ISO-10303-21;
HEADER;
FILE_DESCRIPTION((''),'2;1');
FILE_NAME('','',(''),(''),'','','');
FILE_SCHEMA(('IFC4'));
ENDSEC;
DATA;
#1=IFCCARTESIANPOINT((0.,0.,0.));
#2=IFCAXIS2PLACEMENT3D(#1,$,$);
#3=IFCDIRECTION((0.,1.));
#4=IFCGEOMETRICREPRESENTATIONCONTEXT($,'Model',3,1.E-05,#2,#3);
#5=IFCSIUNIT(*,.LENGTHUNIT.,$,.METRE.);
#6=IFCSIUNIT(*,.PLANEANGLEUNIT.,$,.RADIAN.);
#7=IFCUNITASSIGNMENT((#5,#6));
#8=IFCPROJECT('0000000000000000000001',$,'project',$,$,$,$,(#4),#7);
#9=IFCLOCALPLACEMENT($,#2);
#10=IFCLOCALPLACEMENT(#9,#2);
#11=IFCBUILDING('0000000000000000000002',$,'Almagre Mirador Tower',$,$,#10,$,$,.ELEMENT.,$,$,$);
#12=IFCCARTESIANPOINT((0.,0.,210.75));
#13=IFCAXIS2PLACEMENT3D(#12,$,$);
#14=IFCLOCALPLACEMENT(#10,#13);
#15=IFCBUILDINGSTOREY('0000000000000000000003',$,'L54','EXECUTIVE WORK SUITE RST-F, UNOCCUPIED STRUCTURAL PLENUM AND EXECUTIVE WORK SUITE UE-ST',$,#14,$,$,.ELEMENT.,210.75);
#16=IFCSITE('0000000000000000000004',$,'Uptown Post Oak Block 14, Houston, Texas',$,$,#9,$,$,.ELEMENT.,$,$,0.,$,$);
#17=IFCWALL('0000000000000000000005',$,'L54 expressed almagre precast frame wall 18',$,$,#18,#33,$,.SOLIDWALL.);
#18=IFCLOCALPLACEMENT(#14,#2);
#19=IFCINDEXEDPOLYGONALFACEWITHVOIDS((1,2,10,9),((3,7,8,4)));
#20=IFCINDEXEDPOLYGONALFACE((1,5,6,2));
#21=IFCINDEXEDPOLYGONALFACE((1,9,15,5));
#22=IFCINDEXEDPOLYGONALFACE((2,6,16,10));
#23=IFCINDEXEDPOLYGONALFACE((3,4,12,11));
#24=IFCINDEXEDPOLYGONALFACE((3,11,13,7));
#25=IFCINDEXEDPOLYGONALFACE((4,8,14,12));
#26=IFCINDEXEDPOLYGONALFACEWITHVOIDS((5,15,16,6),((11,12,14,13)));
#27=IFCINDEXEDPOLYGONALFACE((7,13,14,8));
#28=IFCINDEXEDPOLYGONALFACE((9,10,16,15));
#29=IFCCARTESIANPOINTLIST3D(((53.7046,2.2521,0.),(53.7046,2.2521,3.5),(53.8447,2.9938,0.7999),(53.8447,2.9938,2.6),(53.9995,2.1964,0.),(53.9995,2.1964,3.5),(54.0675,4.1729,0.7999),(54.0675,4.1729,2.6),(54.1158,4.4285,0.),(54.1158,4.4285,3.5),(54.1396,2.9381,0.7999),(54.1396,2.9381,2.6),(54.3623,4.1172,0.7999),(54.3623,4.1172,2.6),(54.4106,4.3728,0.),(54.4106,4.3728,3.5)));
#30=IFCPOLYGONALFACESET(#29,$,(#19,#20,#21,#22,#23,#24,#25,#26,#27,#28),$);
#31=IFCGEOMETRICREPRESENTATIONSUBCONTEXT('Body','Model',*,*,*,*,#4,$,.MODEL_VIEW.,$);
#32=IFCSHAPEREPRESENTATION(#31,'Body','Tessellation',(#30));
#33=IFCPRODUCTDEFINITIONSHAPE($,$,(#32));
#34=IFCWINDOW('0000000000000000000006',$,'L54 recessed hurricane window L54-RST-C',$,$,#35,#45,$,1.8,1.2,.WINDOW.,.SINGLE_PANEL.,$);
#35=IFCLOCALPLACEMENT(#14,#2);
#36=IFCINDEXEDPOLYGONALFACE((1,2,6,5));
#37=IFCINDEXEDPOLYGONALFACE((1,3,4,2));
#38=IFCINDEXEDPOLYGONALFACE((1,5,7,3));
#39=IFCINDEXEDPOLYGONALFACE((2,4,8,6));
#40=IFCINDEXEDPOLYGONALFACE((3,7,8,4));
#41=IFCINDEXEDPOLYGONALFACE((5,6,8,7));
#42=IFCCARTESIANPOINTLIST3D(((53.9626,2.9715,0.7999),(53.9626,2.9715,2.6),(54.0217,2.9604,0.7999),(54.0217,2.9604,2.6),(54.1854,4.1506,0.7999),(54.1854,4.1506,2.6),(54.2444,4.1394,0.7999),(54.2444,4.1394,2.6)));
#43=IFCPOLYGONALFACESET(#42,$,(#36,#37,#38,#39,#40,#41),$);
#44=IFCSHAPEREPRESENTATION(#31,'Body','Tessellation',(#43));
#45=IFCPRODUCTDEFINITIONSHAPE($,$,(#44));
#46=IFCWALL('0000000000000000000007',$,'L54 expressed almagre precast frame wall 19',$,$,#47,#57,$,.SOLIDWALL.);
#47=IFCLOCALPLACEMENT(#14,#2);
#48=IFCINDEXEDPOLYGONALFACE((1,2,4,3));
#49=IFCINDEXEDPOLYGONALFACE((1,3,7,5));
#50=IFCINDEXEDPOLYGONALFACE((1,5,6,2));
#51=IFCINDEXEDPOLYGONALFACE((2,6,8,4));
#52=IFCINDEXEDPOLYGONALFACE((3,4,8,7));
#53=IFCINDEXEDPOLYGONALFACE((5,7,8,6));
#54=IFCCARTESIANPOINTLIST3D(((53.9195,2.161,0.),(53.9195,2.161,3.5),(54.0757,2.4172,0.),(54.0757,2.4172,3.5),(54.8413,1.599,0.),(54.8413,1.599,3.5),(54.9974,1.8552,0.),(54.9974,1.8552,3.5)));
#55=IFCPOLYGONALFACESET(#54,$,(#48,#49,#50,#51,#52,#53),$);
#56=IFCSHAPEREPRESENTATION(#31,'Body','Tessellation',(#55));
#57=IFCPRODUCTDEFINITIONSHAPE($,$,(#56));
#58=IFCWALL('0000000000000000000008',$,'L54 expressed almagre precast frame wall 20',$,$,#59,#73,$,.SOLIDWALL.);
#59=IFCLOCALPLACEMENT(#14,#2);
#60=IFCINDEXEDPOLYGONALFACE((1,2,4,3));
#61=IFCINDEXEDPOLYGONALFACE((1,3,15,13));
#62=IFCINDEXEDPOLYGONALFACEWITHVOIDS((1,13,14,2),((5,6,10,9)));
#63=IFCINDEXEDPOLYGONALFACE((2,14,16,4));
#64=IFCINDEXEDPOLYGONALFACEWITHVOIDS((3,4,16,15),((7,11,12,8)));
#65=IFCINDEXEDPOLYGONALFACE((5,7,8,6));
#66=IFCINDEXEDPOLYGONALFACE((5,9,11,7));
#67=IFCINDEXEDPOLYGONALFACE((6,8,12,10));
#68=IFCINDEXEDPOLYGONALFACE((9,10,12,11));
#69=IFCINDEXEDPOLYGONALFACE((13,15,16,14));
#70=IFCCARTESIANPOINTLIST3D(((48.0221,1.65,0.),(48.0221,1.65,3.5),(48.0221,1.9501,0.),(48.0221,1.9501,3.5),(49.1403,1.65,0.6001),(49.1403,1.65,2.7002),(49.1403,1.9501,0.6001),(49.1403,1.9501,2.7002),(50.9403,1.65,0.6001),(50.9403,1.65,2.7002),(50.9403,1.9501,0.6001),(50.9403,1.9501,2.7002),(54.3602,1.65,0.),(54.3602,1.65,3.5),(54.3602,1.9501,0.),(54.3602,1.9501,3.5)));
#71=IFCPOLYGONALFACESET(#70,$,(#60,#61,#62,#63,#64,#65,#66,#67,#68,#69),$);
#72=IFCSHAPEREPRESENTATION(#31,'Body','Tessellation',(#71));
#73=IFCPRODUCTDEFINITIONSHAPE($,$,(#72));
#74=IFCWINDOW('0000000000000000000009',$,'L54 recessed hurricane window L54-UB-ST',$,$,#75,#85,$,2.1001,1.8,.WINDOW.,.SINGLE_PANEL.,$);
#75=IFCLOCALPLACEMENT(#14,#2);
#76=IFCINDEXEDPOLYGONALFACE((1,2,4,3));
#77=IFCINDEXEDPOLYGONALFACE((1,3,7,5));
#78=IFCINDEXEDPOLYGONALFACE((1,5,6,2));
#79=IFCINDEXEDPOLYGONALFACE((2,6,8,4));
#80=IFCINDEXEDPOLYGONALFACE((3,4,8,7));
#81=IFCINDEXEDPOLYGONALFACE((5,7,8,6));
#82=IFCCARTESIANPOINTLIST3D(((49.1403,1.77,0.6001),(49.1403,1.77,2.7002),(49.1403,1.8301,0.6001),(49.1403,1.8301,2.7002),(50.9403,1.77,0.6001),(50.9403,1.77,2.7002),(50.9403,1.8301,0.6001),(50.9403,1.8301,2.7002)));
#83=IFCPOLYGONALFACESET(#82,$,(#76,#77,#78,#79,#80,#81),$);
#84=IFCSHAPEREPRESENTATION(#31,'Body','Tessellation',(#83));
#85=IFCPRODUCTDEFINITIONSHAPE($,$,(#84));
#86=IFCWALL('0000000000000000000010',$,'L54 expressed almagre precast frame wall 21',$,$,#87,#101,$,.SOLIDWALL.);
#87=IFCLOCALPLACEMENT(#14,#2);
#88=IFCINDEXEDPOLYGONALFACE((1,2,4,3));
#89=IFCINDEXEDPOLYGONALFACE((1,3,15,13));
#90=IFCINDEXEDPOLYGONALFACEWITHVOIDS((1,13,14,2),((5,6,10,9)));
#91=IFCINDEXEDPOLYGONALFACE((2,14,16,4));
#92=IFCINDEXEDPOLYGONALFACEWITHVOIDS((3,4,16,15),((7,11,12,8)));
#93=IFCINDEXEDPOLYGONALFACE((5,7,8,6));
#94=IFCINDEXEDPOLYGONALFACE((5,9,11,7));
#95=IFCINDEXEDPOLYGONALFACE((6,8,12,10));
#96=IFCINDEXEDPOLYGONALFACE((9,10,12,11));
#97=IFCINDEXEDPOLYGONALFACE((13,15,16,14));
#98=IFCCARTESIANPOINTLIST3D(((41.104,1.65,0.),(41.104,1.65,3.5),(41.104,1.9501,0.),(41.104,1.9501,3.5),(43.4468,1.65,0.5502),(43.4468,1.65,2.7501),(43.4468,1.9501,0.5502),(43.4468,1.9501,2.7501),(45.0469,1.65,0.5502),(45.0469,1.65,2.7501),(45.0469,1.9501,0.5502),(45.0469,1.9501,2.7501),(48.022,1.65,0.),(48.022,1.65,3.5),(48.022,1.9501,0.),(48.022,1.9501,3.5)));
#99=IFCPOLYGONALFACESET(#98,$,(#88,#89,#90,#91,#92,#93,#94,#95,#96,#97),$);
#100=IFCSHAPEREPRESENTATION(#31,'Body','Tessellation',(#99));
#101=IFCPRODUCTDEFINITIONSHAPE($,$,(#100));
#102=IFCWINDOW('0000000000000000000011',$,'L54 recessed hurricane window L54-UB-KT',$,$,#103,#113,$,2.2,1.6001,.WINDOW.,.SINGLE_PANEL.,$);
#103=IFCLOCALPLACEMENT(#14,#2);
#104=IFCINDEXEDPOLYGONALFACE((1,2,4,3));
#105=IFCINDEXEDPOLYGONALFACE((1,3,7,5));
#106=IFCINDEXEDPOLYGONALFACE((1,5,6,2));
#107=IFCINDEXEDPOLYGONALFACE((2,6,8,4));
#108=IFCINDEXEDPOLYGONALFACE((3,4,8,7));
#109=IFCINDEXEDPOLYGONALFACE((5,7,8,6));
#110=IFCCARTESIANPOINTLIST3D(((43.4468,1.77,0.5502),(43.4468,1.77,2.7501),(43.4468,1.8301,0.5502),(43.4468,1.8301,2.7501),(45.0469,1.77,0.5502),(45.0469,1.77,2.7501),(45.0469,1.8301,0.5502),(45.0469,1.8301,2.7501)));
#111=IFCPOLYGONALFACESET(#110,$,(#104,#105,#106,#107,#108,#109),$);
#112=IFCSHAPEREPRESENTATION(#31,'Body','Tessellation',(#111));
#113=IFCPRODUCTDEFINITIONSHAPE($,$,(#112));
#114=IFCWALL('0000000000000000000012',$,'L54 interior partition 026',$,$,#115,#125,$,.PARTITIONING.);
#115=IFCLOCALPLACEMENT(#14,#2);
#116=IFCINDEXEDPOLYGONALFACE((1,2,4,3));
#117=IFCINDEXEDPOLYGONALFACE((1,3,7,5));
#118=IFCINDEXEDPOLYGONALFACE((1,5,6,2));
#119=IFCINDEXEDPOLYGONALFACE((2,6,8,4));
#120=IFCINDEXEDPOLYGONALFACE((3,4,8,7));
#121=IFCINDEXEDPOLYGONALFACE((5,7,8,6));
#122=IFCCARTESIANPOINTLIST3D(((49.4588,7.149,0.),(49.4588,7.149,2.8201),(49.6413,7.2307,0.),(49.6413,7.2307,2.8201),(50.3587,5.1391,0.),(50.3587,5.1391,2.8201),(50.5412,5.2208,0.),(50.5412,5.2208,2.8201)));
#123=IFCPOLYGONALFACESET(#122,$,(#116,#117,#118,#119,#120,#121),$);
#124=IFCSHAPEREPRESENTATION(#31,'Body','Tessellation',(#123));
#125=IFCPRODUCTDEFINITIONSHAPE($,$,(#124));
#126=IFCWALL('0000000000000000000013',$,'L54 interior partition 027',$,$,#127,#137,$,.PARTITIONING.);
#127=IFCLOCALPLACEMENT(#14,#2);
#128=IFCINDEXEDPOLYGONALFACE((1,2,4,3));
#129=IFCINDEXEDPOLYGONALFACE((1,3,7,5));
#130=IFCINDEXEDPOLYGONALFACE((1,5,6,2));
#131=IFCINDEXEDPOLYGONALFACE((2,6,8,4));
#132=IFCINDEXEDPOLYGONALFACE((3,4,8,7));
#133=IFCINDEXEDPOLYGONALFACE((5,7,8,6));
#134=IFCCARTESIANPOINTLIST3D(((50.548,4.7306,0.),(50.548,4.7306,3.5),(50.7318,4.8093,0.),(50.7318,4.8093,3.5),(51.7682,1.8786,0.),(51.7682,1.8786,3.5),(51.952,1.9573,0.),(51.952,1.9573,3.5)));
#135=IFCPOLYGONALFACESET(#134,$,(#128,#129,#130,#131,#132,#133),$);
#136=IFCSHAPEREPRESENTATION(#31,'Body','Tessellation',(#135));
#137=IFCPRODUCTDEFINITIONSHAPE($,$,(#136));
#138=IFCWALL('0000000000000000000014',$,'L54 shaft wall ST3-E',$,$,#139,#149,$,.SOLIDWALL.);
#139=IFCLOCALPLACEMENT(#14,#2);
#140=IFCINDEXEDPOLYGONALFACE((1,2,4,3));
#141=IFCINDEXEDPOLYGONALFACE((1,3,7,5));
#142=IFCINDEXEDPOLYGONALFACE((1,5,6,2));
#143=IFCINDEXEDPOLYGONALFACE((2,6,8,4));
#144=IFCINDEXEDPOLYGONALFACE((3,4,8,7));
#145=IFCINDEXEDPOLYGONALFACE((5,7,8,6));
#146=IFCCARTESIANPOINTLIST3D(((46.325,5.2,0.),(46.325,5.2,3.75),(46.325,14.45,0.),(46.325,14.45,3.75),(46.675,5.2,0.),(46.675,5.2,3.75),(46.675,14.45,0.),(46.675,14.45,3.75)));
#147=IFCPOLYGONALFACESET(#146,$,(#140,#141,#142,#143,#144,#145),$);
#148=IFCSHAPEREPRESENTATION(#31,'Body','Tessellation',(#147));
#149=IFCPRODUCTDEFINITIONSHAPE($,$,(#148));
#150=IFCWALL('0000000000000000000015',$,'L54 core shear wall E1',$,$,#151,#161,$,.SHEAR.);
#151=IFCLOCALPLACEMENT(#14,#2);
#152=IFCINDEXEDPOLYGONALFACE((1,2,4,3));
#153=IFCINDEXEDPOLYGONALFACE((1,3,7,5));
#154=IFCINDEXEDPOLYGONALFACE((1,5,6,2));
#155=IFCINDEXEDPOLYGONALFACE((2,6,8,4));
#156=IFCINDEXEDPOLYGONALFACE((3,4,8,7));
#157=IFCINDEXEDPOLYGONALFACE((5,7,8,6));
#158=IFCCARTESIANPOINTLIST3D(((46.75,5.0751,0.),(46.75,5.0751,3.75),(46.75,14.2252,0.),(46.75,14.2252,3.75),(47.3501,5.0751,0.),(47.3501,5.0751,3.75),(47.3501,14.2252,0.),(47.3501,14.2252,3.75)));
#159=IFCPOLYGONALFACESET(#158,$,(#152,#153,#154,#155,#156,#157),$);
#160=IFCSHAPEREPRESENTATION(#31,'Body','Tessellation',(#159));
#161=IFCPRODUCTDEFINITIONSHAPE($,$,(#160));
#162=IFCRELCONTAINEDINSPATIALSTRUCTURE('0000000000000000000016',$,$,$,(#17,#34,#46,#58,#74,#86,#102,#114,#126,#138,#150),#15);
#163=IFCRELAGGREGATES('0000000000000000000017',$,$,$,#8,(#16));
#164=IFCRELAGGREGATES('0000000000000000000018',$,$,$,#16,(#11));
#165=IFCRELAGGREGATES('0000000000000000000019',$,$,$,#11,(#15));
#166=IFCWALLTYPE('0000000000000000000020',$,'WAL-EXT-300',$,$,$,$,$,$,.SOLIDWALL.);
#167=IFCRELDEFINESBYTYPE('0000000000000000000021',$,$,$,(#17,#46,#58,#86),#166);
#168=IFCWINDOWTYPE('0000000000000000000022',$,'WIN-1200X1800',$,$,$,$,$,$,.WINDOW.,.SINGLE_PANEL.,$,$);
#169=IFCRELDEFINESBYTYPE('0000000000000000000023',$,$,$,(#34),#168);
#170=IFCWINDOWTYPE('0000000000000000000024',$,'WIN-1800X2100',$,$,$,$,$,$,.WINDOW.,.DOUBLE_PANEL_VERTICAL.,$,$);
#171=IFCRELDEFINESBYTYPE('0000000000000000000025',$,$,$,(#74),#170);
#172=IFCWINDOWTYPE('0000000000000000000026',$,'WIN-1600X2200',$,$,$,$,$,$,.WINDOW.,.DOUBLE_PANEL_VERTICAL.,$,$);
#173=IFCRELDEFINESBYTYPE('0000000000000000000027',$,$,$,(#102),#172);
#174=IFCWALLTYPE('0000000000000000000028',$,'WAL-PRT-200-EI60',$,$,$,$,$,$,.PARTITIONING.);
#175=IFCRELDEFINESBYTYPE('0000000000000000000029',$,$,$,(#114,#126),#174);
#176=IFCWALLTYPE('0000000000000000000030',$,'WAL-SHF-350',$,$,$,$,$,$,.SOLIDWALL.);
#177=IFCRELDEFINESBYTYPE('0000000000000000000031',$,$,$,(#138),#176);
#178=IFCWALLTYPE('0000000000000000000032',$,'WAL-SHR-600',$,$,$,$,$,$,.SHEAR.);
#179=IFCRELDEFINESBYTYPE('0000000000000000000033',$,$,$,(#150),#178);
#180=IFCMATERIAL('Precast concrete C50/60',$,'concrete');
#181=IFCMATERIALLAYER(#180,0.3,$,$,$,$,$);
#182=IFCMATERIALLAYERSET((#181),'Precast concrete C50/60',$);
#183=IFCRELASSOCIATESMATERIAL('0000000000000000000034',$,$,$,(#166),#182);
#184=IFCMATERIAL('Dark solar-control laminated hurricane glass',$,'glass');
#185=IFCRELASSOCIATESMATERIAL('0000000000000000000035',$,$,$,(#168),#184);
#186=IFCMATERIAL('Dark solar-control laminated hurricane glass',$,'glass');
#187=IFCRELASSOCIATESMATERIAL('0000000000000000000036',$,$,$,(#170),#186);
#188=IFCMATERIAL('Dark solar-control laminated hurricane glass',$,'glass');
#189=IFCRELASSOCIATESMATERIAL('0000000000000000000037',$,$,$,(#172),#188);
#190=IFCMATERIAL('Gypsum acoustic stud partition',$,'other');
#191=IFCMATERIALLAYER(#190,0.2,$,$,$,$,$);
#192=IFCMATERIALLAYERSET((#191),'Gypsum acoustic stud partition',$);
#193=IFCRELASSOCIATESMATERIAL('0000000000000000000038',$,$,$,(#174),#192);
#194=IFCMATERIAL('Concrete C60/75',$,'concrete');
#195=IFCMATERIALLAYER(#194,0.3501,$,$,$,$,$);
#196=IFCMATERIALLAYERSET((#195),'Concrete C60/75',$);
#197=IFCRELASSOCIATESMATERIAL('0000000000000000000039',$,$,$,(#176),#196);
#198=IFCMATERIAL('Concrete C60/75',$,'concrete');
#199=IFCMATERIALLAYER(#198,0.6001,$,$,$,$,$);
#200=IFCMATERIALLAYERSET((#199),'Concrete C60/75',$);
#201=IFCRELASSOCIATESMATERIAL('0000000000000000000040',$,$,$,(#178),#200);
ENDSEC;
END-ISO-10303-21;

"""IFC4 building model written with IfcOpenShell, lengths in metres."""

from ifc_helpers import new_model, si_unit, direction, frame, frame_2d, origin, place, context, subcontext, project, spatial, rectangle, extrude, material, layer, layer_set, type_object, element, fill, save


model = new_model("IFC4")

# Units and contexts
model_context = context("Model", 3, precision=1e-05, world=origin(), true_north=direction((0.0, 1.0)))
body_context = subcontext(model_context, "Body", "Model", "MODEL_VIEW")
ifc_project = project(units=[si_unit("LENGTHUNIT", "METRE"), si_unit("PLANEANGLEUNIT", "RADIAN")], contexts=[model_context])

# Site, building, storey
site_placement = place(None, origin())
site = spatial("IfcSite", under=ifc_project, at=site_placement, Name="Uptown Post Oak Block 14, Houston, Texas", CompositionType="ELEMENT", RefElevation=0.0)
building_placement = place(site_placement, origin())
building = spatial("IfcBuilding", under=site, at=building_placement, Name="Almagre Mirador Tower", CompositionType="ELEMENT")
storey_placement = place(building_placement, frame((0.0, 0.0, 210.75)))
storey = spatial("IfcBuildingStorey", under=building, at=storey_placement, Name="L54", Description="EXECUTIVE WORK SUITE RST-F, UNOCCUPIED STRUCTURAL PLENUM AND EXECUTIVE WORK SUITE UE-ST", CompositionType="ELEMENT", Elevation=210.75)

# Shared definitions
ifc_material_1 = material(Name="Precast concrete C50/60", Category="concrete")
ifc_layer_1 = layer(ifc_material_1, 0.3)
ifc_layer_set_1 = layer_set([ifc_layer_1], Name="Precast concrete C50/60")
wall_type_1 = type_object("IfcWallType", Name="WAL-EXT-300", PredefinedType="SOLIDWALL", material=ifc_layer_set_1)

# Wall, opening, window
wall_1_placement = place(storey_placement, frame((54.2632, 4.4006, 0.0), z_axis=(0.0, 0.0, 1.0), x_axis=(-0.185633, -0.982619, 0.0)))
wall_1 = element("IfcWall", 1, at=wall_1_placement, inside=storey, type_object=wall_type_1, Name="L54 expressed almagre precast frame wall 18", PredefinedType="SOLIDWALL", context=body_context, shape_type="SweptSolid", body=[
    extrude(rectangle(XDim=2.2148, YDim=0.3, at=frame_2d((1.1074, 0.0))), origin(), (0.0, 0.0, 1.0), 3.5),
])
opening_1_placement = place(wall_1_placement, frame((0.26, 0.0, 0.8)))
opening_1 = element("IfcOpeningElement", 2, at=opening_1_placement, cuts=wall_1, PredefinedType="OPENING", context=body_context, shape_type="SweptSolid", body=[
    extrude(rectangle(XDim=1.2, YDim=1.8, at=frame_2d((0.6001, 0.8999))), frame((0.0, 0.1599, 0.0), z_axis=(0.0, -1.0, 0.0), x_axis=(1.0, 0.0, 0.0)), (0.0, 0.0, 1.0), 0.32),
])
ifc_material_2 = material(Name="Dark solar-control laminated hurricane glass", Category="glass")
window_type_1 = type_object("IfcWindowType", Name="WIN-1200X1800", PartitioningType="SINGLE_PANEL", PredefinedType="WINDOW", material=ifc_material_2)
window_1_placement = place(opening_1_placement, origin())
window_1 = element("IfcWindow", 3, at=window_1_placement, inside=storey, type_object=window_type_1, Name="L54 recessed hurricane window L54-RST-C", OverallHeight=1.8, OverallWidth=1.2, PartitioningType="SINGLE_PANEL", PredefinedType="WINDOW", context=body_context, shape_type="SweptSolid", body=[
    extrude(rectangle(XDim=1.2, YDim=1.8, at=frame_2d((0.6001, 0.8999))), frame((0.0, 0.03, 0.0), z_axis=(0.0, -1.0, 0.0), x_axis=(1.0, 0.0, 0.0)), (0.0, 0.0, 1.0), 0.0601),
])
fill(opening_1, window_1)

# Wall
wall_2_placement = place(storey_placement, frame((53.9976, 2.2891, 0.0), z_axis=(0.0, 0.0, 1.0), x_axis=(0.85384, -0.520535, 0.0)))
element("IfcWall", 4, at=wall_2_placement, inside=storey, type_object=wall_type_1, Name="L54 expressed almagre precast frame wall 19", PredefinedType="SOLIDWALL", context=body_context, shape_type="SweptSolid", body=[
    extrude(rectangle(XDim=1.0796, YDim=0.3, at=frame_2d((0.5398, 0.0))), origin(), (0.0, 0.0, 1.0), 3.5),
])

# Walls, openings, windows
wall_3_placement = place(storey_placement, frame((54.3601, 1.8, 0.0), z_axis=(0.0, 0.0, 1.0), x_axis=(-1.0, 0.0, 0.0)))
wall_3 = element("IfcWall", 5, at=wall_3_placement, inside=storey, type_object=wall_type_1, Name="L54 expressed almagre precast frame wall 20", PredefinedType="SOLIDWALL", context=body_context, shape_type="SweptSolid", body=[
    extrude(rectangle(XDim=6.3381, YDim=0.3, at=frame_2d((3.1689, 0.0))), origin(), (0.0, 0.0, 1.0), 3.5),
])
opening_2_placement = place(wall_3_placement, frame((3.4199, 0.0, 0.6001)))
opening_2 = element("IfcOpeningElement", 6, at=opening_2_placement, cuts=wall_3, PredefinedType="OPENING", context=body_context, shape_type="SweptSolid", body=[
    extrude(rectangle(XDim=1.8, YDim=2.1001, at=frame_2d((0.8999, 1.05))), frame((0.0, 0.1599, 0.0), z_axis=(0.0, -1.0, 0.0), x_axis=(1.0, 0.0, 0.0)), (0.0, 0.0, 1.0), 0.32),
])
ifc_material_3 = material(Name="Dark solar-control laminated hurricane glass", Category="glass")
window_type_2 = type_object("IfcWindowType", Name="WIN-1800X2100", PartitioningType="DOUBLE_PANEL_VERTICAL", PredefinedType="WINDOW", material=ifc_material_3)
window_2_placement = place(opening_2_placement, origin())
window_2 = element("IfcWindow", 7, at=window_2_placement, inside=storey, type_object=window_type_2, Name="L54 recessed hurricane window L54-UB-ST", OverallHeight=2.1001, OverallWidth=1.8, PartitioningType="SINGLE_PANEL", PredefinedType="WINDOW", context=body_context, shape_type="SweptSolid", body=[
    extrude(rectangle(XDim=1.8, YDim=2.1001, at=frame_2d((0.8999, 1.05))), frame((0.0, 0.03, 0.0), z_axis=(0.0, -1.0, 0.0), x_axis=(1.0, 0.0, 0.0)), (0.0, 0.0, 1.0), 0.0601),
])
fill(opening_2, window_2)
wall_4_placement = place(storey_placement, frame((48.022, 1.8, 0.0), z_axis=(0.0, 0.0, 1.0), x_axis=(-1.0, 0.0, 0.0)))
wall_4 = element("IfcWall", 8, at=wall_4_placement, inside=storey, type_object=wall_type_1, Name="L54 expressed almagre precast frame wall 21", PredefinedType="SOLIDWALL", context=body_context, shape_type="SweptSolid", body=[
    extrude(rectangle(XDim=6.918, YDim=0.3, at=frame_2d((3.459, 0.0))), origin(), (0.0, 0.0, 1.0), 3.5),
])
opening_3_placement = place(wall_4_placement, frame((2.9751, 0.0, 0.55)))
opening_3 = element("IfcOpeningElement", 9, at=opening_3_placement, cuts=wall_4, PredefinedType="OPENING", context=body_context, shape_type="SweptSolid", body=[
    extrude(rectangle(XDim=1.6001, YDim=2.2, at=frame_2d((0.8, 1.1001))), frame((0.0, 0.1599, 0.0), z_axis=(0.0, -1.0, 0.0), x_axis=(1.0, 0.0, 0.0)), (0.0, 0.0, 1.0), 0.32),
])
ifc_material_4 = material(Name="Dark solar-control laminated hurricane glass", Category="glass")
window_type_3 = type_object("IfcWindowType", Name="WIN-1600X2200", PartitioningType="DOUBLE_PANEL_VERTICAL", PredefinedType="WINDOW", material=ifc_material_4)
window_3_placement = place(opening_3_placement, origin())
window_3 = element("IfcWindow", 10, at=window_3_placement, inside=storey, type_object=window_type_3, Name="L54 recessed hurricane window L54-UB-KT", OverallHeight=2.2, OverallWidth=1.6001, PartitioningType="SINGLE_PANEL", PredefinedType="WINDOW", context=body_context, shape_type="SweptSolid", body=[
    extrude(rectangle(XDim=1.6001, YDim=2.2, at=frame_2d((0.8, 1.1001))), frame((0.0, 0.03, 0.0), z_axis=(0.0, -1.0, 0.0), x_axis=(1.0, 0.0, 0.0)), (0.0, 0.0, 1.0), 0.0601),
])
fill(opening_3, window_3)

# Walls
ifc_material_5 = material(Name="Gypsum acoustic stud partition", Category="other")
ifc_layer_2 = layer(ifc_material_5, 0.2)
ifc_layer_set_2 = layer_set([ifc_layer_2], Name="Gypsum acoustic stud partition")
wall_type_2 = type_object("IfcWallType", Name="WAL-PRT-200-EI60", PredefinedType="PARTITIONING", material=ifc_layer_set_2)
wall_5_placement = place(storey_placement, frame((50.45, 5.1799, 0.0), z_axis=(0.0, 0.0, 1.0), x_axis=(-0.408626, 0.912702, 0.0)))
element("IfcWall", 11, at=wall_5_placement, inside=storey, type_object=wall_type_2, Name="L54 interior partition 026", PredefinedType="PARTITIONING", context=body_context, shape_type="SweptSolid", body=[
    extrude(rectangle(XDim=2.2021, YDim=0.2, at=frame_2d((1.1011, 0.0))), origin(), (0.0, 0.0, 1.0), 2.8201),
])
wall_6_placement = place(storey_placement, frame((51.8601, 1.918, 0.0), z_axis=(0.0, 0.0, 1.0), x_axis=(-0.393349, 0.919389, 0.0)))
element("IfcWall", 12, at=wall_6_placement, inside=storey, type_object=wall_type_2, Name="L54 interior partition 027", PredefinedType="PARTITIONING", context=body_context, shape_type="SweptSolid", body=[
    extrude(rectangle(XDim=3.1021, YDim=0.2, at=frame_2d((1.551, 0.0))), origin(), (0.0, 0.0, 1.0), 3.5),
])
ifc_material_6 = material(Name="Concrete C60/75", Category="concrete")
ifc_layer_3 = layer(ifc_material_6, 0.3501)
ifc_layer_set_3 = layer_set([ifc_layer_3], Name="Concrete C60/75")
wall_type_3 = type_object("IfcWallType", Name="WAL-SHF-350", PredefinedType="SOLIDWALL", material=ifc_layer_set_3)
wall_7_placement = place(storey_placement, frame((46.5, 5.2, 0.0), z_axis=(0.0, 0.0, 1.0), x_axis=(0.0, 1.0, 0.0)))
element("IfcWall", 13, at=wall_7_placement, inside=storey, type_object=wall_type_3, Name="L54 shaft wall ST3-E", PredefinedType="SOLIDWALL", context=body_context, shape_type="SweptSolid", body=[
    extrude(rectangle(XDim=9.25, YDim=0.3501, at=frame_2d((4.625, 0.0))), origin(), (0.0, 0.0, 1.0), 3.75),
])
ifc_material_7 = material(Name="Concrete C60/75", Category="concrete")
ifc_layer_4 = layer(ifc_material_7, 0.6001)
ifc_layer_set_4 = layer_set([ifc_layer_4], Name="Concrete C60/75")
wall_type_4 = type_object("IfcWallType", Name="WAL-SHR-600", PredefinedType="SHEAR", material=ifc_layer_set_4)
wall_8_placement = place(storey_placement, frame((47.05, 5.075, 0.0), z_axis=(0.0, 0.0, 1.0), x_axis=(0.0, 1.0, 0.0)))
element("IfcWall", 14, at=wall_8_placement, inside=storey, type_object=wall_type_4, Name="L54 core shear wall E1", PredefinedType="SHEAR", context=body_context, shape_type="SweptSolid", body=[
    extrude(rectangle(XDim=9.1501, YDim=0.6001, at=frame_2d((4.5752, 0.0))), origin(), (0.0, 0.0, 1.0), 3.75),
])

save(model, "model.ifc")
